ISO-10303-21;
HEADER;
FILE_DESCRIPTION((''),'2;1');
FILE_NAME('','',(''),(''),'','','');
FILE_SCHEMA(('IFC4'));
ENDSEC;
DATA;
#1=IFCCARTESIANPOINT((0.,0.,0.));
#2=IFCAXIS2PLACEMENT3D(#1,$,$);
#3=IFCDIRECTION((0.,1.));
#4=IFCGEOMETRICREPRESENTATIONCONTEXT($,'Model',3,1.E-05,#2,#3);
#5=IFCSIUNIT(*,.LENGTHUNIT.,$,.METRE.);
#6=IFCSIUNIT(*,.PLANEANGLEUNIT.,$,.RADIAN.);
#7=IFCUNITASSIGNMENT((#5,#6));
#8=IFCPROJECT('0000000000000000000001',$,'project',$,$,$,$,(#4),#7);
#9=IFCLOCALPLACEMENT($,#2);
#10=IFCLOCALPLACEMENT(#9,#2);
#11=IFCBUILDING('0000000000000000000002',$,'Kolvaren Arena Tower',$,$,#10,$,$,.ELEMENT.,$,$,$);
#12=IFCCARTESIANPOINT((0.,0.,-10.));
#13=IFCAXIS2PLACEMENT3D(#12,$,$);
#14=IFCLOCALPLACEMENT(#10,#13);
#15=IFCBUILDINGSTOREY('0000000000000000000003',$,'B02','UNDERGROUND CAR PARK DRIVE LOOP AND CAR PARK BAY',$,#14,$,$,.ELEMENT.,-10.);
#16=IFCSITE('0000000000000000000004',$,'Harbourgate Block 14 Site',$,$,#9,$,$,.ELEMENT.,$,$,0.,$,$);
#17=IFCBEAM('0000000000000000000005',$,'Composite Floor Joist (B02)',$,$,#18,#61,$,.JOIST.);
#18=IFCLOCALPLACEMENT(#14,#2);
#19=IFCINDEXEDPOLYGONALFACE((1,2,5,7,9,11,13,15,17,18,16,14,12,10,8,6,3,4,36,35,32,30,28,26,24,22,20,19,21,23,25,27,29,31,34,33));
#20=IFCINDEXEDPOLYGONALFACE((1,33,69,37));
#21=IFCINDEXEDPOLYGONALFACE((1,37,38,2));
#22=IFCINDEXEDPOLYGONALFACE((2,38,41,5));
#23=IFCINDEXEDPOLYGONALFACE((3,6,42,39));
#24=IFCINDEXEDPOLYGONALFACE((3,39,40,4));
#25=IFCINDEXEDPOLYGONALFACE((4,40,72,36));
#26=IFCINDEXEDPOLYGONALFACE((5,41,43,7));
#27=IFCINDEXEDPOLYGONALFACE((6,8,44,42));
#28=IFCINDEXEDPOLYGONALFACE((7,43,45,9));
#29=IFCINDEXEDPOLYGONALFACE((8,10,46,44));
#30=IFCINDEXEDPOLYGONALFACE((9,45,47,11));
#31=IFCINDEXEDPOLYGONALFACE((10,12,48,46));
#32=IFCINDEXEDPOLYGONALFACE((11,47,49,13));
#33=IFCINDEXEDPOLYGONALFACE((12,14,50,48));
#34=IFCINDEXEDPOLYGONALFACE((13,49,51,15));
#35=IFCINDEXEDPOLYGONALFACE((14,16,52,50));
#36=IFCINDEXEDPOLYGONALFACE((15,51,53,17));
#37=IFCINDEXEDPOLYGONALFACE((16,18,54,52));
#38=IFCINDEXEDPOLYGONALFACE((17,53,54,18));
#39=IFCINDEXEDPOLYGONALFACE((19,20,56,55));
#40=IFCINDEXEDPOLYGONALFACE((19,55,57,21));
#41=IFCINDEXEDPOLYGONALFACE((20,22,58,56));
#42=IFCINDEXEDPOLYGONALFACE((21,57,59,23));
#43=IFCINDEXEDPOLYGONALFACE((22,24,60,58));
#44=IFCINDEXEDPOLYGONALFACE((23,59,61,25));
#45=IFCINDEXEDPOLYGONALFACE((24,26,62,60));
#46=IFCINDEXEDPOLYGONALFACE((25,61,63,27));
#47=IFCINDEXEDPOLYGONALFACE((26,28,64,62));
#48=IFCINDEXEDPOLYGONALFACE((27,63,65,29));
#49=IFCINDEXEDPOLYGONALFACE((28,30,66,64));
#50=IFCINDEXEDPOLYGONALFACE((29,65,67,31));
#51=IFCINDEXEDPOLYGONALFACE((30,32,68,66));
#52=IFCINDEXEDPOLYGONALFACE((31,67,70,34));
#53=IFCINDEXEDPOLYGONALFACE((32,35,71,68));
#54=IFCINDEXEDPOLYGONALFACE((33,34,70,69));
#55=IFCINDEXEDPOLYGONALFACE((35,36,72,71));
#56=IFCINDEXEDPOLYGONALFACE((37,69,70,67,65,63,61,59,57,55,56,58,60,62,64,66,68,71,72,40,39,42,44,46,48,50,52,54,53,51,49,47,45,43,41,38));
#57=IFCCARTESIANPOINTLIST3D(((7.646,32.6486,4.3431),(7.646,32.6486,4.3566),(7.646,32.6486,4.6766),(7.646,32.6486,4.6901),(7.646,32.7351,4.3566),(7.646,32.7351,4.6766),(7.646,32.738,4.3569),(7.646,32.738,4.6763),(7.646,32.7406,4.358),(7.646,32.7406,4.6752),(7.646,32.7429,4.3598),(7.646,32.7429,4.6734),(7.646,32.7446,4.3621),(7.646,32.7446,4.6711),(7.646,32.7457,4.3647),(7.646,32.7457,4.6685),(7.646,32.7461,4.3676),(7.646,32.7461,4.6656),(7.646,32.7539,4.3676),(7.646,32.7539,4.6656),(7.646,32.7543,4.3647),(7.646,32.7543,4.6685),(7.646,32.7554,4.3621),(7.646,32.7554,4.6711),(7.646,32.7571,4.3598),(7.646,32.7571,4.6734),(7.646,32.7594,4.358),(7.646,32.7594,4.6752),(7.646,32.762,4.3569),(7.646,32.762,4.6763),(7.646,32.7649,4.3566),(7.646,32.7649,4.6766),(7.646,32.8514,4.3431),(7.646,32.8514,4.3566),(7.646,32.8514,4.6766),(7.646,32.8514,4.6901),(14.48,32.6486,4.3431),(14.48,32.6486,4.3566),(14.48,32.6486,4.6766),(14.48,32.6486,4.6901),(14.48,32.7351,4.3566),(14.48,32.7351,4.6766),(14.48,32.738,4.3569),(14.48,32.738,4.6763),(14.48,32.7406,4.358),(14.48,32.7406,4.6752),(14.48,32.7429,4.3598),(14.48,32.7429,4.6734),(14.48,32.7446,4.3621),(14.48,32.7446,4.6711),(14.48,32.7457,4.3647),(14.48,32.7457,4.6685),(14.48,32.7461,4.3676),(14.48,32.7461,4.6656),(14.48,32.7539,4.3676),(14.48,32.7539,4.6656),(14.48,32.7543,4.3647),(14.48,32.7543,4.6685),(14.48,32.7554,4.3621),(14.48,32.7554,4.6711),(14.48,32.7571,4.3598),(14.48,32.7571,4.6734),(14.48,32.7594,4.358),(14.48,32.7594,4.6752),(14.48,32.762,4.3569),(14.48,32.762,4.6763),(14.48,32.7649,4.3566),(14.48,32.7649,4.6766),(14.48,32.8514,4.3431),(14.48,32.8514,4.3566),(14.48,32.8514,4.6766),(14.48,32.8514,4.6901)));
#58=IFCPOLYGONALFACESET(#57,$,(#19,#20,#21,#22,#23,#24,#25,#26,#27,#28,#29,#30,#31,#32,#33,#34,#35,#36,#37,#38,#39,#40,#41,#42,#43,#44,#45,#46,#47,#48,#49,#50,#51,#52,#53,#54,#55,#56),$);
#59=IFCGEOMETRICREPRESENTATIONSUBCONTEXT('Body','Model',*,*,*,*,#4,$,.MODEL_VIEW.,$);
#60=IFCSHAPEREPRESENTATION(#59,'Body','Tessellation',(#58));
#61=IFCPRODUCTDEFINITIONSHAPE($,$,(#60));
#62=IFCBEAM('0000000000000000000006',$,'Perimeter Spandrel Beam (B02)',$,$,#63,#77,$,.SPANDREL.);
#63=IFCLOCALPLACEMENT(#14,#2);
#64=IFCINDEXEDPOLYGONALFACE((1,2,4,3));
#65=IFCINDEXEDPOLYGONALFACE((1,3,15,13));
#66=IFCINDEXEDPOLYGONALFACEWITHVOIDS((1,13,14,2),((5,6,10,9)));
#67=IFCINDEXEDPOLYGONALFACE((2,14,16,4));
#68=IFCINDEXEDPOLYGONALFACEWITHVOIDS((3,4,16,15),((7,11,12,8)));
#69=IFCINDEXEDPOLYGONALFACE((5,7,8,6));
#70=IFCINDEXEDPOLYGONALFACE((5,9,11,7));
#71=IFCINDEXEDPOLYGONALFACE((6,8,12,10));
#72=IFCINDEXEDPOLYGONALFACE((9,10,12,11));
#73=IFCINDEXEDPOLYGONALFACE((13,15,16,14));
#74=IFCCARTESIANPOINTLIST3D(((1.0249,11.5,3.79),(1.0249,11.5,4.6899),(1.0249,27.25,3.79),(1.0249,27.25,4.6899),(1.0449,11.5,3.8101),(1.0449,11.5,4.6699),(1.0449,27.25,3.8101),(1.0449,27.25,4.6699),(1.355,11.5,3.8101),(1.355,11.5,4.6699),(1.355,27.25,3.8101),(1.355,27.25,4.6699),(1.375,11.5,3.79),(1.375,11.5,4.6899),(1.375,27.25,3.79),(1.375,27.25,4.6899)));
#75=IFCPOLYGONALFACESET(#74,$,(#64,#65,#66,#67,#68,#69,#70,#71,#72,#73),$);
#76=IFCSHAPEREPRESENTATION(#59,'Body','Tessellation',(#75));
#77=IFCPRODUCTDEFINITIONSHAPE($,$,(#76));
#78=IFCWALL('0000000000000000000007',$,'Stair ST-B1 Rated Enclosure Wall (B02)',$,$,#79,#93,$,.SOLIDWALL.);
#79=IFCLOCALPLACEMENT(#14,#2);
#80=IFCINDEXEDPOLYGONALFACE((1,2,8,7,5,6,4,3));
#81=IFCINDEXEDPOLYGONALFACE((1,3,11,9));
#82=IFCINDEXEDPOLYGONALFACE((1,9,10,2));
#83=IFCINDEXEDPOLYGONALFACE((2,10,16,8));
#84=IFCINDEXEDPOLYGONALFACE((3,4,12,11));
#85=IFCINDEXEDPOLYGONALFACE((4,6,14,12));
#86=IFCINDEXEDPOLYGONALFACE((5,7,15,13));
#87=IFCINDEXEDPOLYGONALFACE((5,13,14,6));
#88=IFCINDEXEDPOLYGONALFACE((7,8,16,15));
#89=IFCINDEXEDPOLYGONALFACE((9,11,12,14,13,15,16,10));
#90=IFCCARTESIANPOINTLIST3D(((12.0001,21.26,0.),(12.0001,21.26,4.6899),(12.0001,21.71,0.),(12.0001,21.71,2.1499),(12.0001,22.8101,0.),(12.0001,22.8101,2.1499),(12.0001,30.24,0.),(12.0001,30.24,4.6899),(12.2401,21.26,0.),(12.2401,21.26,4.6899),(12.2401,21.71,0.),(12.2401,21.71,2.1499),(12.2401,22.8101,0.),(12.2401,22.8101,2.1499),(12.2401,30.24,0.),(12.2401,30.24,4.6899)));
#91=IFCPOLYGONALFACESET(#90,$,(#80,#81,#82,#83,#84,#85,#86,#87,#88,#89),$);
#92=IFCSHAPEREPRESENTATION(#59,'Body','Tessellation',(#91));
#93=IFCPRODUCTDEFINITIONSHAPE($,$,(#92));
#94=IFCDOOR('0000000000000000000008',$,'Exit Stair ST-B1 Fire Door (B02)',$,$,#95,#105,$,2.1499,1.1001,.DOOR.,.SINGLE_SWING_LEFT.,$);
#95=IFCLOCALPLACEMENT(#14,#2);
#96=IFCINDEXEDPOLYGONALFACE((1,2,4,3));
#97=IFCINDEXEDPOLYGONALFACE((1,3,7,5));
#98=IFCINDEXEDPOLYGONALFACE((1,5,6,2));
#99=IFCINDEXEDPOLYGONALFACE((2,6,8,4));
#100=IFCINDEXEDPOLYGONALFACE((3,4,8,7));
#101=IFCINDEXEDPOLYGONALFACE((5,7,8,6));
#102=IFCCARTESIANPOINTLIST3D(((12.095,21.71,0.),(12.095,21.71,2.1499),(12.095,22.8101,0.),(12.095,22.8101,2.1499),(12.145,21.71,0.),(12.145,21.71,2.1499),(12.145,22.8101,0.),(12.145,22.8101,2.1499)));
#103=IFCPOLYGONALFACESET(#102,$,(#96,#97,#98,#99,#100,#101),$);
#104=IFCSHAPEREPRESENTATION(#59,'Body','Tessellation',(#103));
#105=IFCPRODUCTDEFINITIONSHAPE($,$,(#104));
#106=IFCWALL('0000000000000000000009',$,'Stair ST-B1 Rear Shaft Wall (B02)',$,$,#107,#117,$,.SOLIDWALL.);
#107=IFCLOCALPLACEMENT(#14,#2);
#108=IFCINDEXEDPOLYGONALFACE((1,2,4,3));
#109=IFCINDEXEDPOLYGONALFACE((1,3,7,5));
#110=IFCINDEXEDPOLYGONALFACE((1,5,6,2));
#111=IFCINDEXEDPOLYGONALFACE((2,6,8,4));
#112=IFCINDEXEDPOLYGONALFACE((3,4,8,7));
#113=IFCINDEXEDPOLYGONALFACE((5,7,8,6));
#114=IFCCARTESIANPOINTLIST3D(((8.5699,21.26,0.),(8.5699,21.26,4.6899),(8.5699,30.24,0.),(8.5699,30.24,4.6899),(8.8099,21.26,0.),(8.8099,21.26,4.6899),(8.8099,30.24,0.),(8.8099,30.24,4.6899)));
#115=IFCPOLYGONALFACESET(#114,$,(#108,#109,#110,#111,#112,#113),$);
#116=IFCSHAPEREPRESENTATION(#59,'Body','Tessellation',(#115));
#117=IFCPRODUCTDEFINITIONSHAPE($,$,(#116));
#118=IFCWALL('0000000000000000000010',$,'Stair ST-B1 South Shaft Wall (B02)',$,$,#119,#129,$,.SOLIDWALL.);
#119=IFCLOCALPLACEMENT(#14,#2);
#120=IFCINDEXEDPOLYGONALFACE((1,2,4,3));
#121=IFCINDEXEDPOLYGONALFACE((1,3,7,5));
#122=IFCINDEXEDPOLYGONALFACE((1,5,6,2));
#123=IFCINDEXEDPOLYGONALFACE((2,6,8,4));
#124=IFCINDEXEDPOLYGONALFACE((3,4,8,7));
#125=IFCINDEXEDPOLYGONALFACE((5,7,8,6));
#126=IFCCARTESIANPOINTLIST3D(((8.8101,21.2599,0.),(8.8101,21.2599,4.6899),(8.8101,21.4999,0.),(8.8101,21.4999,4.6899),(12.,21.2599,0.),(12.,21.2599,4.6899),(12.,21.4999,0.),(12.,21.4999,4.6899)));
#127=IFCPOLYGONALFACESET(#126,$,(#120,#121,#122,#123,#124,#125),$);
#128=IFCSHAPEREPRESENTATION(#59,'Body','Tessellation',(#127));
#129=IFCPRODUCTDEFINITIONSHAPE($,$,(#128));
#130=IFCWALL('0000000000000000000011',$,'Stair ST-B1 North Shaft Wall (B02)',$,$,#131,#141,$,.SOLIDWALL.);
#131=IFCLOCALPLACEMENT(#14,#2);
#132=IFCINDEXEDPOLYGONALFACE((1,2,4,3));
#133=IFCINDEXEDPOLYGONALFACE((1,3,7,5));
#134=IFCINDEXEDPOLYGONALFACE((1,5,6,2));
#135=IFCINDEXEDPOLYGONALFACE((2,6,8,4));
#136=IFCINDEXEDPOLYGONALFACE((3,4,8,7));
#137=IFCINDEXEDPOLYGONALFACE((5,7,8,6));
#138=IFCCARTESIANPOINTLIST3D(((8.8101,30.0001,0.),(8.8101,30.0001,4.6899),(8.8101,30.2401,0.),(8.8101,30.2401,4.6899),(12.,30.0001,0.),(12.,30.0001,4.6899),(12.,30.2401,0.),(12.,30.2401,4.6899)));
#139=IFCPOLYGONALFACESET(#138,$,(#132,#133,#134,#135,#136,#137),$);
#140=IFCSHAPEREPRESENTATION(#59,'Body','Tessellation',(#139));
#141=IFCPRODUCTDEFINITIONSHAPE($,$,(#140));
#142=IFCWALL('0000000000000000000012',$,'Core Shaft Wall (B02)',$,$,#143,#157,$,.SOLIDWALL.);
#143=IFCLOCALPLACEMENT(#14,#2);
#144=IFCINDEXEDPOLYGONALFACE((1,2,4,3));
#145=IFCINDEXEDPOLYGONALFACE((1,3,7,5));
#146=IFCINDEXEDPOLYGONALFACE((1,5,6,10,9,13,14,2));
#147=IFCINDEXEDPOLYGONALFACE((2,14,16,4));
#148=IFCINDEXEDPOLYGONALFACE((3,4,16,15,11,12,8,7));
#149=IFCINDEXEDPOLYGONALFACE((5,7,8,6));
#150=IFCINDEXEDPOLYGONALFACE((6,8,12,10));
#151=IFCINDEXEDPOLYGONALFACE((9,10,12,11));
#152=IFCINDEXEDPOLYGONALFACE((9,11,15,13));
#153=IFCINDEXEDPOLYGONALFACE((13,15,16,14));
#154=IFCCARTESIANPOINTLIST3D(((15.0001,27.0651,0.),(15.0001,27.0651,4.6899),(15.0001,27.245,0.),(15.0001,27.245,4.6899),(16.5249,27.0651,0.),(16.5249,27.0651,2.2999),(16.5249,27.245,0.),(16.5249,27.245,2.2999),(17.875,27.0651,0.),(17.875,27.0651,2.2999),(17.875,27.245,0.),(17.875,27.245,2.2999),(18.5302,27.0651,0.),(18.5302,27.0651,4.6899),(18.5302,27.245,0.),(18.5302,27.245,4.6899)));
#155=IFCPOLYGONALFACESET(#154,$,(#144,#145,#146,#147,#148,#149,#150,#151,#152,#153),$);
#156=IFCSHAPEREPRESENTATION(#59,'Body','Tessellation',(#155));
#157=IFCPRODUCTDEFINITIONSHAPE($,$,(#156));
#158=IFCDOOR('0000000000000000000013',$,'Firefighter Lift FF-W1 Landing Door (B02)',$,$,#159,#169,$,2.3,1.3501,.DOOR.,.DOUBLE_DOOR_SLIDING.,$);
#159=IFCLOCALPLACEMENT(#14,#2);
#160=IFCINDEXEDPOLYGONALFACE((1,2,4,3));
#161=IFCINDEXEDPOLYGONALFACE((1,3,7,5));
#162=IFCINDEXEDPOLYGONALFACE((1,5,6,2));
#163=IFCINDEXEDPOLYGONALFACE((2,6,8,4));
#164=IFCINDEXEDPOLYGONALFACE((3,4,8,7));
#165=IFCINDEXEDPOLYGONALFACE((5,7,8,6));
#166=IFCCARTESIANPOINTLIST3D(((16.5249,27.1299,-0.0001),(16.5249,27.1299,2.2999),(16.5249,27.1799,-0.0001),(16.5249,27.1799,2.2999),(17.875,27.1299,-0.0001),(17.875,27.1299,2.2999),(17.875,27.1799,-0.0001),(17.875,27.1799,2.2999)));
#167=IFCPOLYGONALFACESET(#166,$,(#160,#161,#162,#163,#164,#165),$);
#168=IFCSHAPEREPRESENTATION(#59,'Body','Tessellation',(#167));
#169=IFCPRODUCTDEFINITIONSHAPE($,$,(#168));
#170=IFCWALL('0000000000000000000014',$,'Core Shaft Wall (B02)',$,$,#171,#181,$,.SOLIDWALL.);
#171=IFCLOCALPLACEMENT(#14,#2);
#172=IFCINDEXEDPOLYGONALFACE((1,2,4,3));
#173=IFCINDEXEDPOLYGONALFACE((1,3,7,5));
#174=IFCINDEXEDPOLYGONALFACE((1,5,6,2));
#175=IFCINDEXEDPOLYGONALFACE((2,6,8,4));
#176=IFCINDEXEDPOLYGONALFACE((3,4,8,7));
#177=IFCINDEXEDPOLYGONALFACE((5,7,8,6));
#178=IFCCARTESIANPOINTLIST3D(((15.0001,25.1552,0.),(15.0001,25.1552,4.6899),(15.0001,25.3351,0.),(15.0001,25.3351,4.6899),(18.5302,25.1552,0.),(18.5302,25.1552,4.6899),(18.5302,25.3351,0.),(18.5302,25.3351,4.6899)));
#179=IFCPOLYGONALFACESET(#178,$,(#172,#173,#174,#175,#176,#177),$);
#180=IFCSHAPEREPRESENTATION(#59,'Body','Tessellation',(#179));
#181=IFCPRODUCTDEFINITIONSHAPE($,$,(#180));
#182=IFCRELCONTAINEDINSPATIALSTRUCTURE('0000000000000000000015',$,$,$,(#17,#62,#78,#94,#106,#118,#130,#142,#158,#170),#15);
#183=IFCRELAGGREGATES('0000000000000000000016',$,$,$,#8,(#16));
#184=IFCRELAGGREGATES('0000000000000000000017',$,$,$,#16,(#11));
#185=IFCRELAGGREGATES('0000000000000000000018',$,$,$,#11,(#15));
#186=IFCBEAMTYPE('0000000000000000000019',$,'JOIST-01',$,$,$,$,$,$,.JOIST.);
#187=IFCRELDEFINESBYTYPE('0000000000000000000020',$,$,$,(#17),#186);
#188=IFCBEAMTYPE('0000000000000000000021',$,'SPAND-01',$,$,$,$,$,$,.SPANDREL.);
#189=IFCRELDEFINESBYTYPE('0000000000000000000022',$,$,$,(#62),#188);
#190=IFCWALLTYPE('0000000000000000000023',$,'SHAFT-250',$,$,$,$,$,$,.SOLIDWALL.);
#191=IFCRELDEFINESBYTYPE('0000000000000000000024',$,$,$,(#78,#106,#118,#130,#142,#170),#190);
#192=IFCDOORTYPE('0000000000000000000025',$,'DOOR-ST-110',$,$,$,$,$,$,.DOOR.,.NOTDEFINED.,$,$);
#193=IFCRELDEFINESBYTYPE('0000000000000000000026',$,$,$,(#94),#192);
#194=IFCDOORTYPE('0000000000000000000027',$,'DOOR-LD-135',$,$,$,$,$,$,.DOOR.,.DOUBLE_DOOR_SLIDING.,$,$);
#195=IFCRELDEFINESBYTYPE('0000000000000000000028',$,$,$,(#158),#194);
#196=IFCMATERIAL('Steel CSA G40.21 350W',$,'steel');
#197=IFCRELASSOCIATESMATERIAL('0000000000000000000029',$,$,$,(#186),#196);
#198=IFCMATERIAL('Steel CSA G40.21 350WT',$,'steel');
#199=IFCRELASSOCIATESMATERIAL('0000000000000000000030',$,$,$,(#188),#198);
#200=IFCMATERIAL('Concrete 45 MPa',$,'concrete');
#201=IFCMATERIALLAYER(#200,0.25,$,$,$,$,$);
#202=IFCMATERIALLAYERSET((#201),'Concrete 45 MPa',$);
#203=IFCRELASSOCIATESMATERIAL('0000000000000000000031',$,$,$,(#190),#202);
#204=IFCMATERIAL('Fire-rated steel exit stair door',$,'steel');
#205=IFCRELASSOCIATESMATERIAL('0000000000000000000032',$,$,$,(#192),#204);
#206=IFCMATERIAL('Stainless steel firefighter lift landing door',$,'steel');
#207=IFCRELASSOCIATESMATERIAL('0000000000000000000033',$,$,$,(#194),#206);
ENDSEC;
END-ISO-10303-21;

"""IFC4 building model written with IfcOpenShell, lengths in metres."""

from ifc_helpers import new_model, si_unit, direction, frame, frame_2d, origin, origin_2d, place, context, subcontext, project, spatial, rectangle, hollow_rectangle, i_section, extrude, material, layer, layer_set, material_profile, profile_set, type_object, element, fill, save


model = new_model("IFC4")

# Units and contexts
model_context = context("Model", 3, precision=1e-05, world=origin(), true_north=direction((0.0, 1.0)))
body_context = subcontext(model_context, "Body", "Model", "MODEL_VIEW")
ifc_project = project(units=[si_unit("LENGTHUNIT", "METRE"), si_unit("PLANEANGLEUNIT", "RADIAN")], contexts=[model_context])

# Site, building, storey
site_placement = place(None, origin())
site = spatial("IfcSite", under=ifc_project, at=site_placement, Name="Harbourgate Block 14 Site", CompositionType="ELEMENT", RefElevation=0.0)
building_placement = place(site_placement, origin())
building = spatial("IfcBuilding", under=site, at=building_placement, Name="Kolvaren Arena Tower", CompositionType="ELEMENT")
storey_placement = place(building_placement, frame((0.0, 0.0, -10.0)))
storey = spatial("IfcBuildingStorey", under=building, at=storey_placement, Name="B02", Description="UNDERGROUND CAR PARK DRIVE LOOP AND CAR PARK BAY", CompositionType="ELEMENT", Elevation=-10.0)

# Beams
ifc_material_1 = material(Name="Steel CSA G40.21 350W", Category="steel")
ifc_material_profile_1 = material_profile(ifc_material_1, i_section(OverallWidth=0.2029, OverallDepth=0.3469, WebThickness=0.0078, FlangeThickness=0.0134, FilletRadius=0.011, at=origin_2d()), Name="W360x64")
ifc_profile_set_1 = profile_set([ifc_material_profile_1], Name="Steel CSA G40.21 350W")
beam_type_1 = type_object("IfcBeamType", Name="JOIST-01", PredefinedType="JOIST", material=ifc_profile_set_1)
beam_1_placement = place(storey_placement, frame((7.646, 32.75, 4.5166), z_axis=(1.0, 0.0, 0.0), x_axis=(0.0, 1.0, 0.0)))
element("IfcBeam", 1, at=beam_1_placement, inside=storey, type_object=beam_type_1, Name="Composite Floor Joist (B02)", PredefinedType="JOIST", context=body_context, shape_type="SweptSolid", body=[
    extrude(i_section(OverallWidth=0.2029, OverallDepth=0.3469, WebThickness=0.0078, FlangeThickness=0.0134, FilletRadius=0.011, at=origin_2d()), origin(), (0.0, 0.0, 1.0), 6.834),
])
ifc_material_2 = material(Name="Steel CSA G40.21 350WT", Category="steel")
ifc_material_profile_2 = material_profile(ifc_material_2, hollow_rectangle(XDim=0.3501, YDim=0.8999, WallThickness=0.02, at=origin_2d()), Name="HSS 900x350x20")
ifc_profile_set_2 = profile_set([ifc_material_profile_2], Name="Steel CSA G40.21 350WT")
beam_type_2 = type_object("IfcBeamType", Name="SPAND-01", PredefinedType="SPANDREL", material=ifc_profile_set_2)
beam_2_placement = place(storey_placement, frame((1.2, 27.25, 4.24), z_axis=(0.0, -1.0, 0.0), x_axis=(1.0, 0.0, 0.0)))
element("IfcBeam", 2, at=beam_2_placement, inside=storey, type_object=beam_type_2, Name="Perimeter Spandrel Beam (B02)", PredefinedType="SPANDREL", context=body_context, shape_type="SweptSolid", body=[
    extrude(hollow_rectangle(XDim=0.3501, YDim=0.8999, WallThickness=0.02, at=origin_2d()), origin(), (0.0, 0.0, 1.0), 15.75),
])

# Wall, opening, door
ifc_material_3 = material(Name="Concrete 45 MPa", Category="concrete")
ifc_layer = layer(ifc_material_3, 0.25)
ifc_layer_set = layer_set([ifc_layer], Name="Concrete 45 MPa")
wall_type = type_object("IfcWallType", Name="SHAFT-250", PredefinedType="SOLIDWALL", material=ifc_layer_set)
wall_1_placement = place(storey_placement, frame((12.1201, 30.24, 0.0), z_axis=(0.0, 0.0, 1.0), x_axis=(0.0, -1.0, 0.0)))
wall_1 = element("IfcWall", 3, at=wall_1_placement, inside=storey, type_object=wall_type, Name="Stair ST-B1 Rated Enclosure Wall (B02)", PredefinedType="SOLIDWALL", context=body_context, shape_type="SweptSolid", body=[
    extrude(rectangle(XDim=8.98, YDim=0.24, at=frame_2d((4.49, 0.0))), origin(), (0.0, 0.0, 1.0), 4.6899),
])
opening_1_placement = place(wall_1_placement, frame((7.4299, 0.0, 0.0)))
opening_1 = element("IfcOpeningElement", 4, at=opening_1_placement, cuts=wall_1, PredefinedType="OPENING", context=body_context, shape_type="SweptSolid", body=[
    extrude(rectangle(XDim=1.1001, YDim=2.1499, at=frame_2d((0.55, 1.075))), frame((0.0, 0.1299, 0.0), z_axis=(0.0, -1.0, 0.0), x_axis=(1.0, 0.0, 0.0)), (0.0, 0.0, 1.0), 0.26),
])
ifc_material_4 = material(Name="Fire-rated steel exit stair door", Category="steel")
door_type_1 = type_object("IfcDoorType", Name="DOOR-ST-110", OperationType="NOTDEFINED", PredefinedType="DOOR", material=ifc_material_4)
door_1_placement = place(opening_1_placement, origin())
door_1 = element("IfcDoor", 5, at=door_1_placement, inside=storey, type_object=door_type_1, Name="Exit Stair ST-B1 Fire Door (B02)", OperationType="SINGLE_SWING_LEFT", OverallHeight=2.1499, OverallWidth=1.1001, PredefinedType="DOOR", context=body_context, shape_type="SweptSolid", body=[
    extrude(rectangle(XDim=1.1001, YDim=2.1499, at=frame_2d((0.55, 1.075))), frame((0.0, 0.0249, 0.0), z_axis=(0.0, -1.0, 0.0), x_axis=(1.0, 0.0, 0.0)), (0.0, 0.0, 1.0), 0.05),
])
fill(opening_1, door_1)

# Walls
wall_2_placement = place(storey_placement, frame((8.6899, 21.26, 0.0), z_axis=(0.0, 0.0, 1.0), x_axis=(0.0, 1.0, 0.0)))
element("IfcWall", 6, at=wall_2_placement, inside=storey, type_object=wall_type, Name="Stair ST-B1 Rear Shaft Wall (B02)", PredefinedType="SOLIDWALL", context=body_context, shape_type="SweptSolid", body=[
    extrude(rectangle(XDim=8.98, YDim=0.24, at=frame_2d((4.49, 0.0))), origin(), (0.0, 0.0, 1.0), 4.6899),
])
for number, where, z_axis, x_axis, name in (
    (7, (8.8101, 21.3799, 0.0), (0.0, 0.0, 1.0), (1.0, 0.0, 0.0), "Stair ST-B1 South Shaft Wall (B02)"),
    (8, (8.8101, 30.1201, 0.0), (0.0, 0.0, 1.0), (1.0, 0.0, 0.0), "Stair ST-B1 North Shaft Wall (B02)"),
):
    element("IfcWall", number, at=place(storey_placement, frame(where, z_axis=z_axis, x_axis=x_axis)), inside=storey, type_object=wall_type, Name=name, PredefinedType="SOLIDWALL", context=body_context, shape_type="SweptSolid", body=[
        extrude(rectangle(XDim=3.1899, YDim=0.24, at=frame_2d((1.595, 0.0))), origin(), (0.0, 0.0, 1.0), 4.6899),
    ])

# Wall, opening, door
wall_3_placement = place(storey_placement, frame((15.0, 27.155, 0.0), z_axis=(0.0, 0.0, 1.0), x_axis=(1.0, 0.0, 0.0)))
wall_3 = element("IfcWall", 9, at=wall_3_placement, inside=storey, type_object=wall_type, Name="Core Shaft Wall (B02)", PredefinedType="SOLIDWALL", context=body_context, shape_type="SweptSolid", body=[
    extrude(rectangle(XDim=3.53, YDim=0.1799, at=frame_2d((1.7651, 0.0))), origin(), (0.0, 0.0, 1.0), 4.6899),
])
opening_2_placement = place(wall_3_placement, frame((1.5249, 0.0, 0.0)))
opening_2 = element("IfcOpeningElement", 10, at=opening_2_placement, cuts=wall_3, PredefinedType="OPENING", context=body_context, shape_type="SweptSolid", body=[
    extrude(rectangle(XDim=1.3501, YDim=2.3, at=frame_2d((0.675, 1.1499))), frame((0.0, 0.0999, 0.0), z_axis=(0.0, -1.0, 0.0), x_axis=(1.0, 0.0, 0.0)), (0.0, 0.0, 1.0), 0.2),
])
ifc_material_5 = material(Name="Stainless steel firefighter lift landing door", Category="steel")
door_type_2 = type_object("IfcDoorType", Name="DOOR-LD-135", OperationType="DOUBLE_DOOR_SLIDING", PredefinedType="DOOR", material=ifc_material_5)
door_2_placement = place(opening_2_placement, origin())
door_2 = element("IfcDoor", 11, at=door_2_placement, inside=storey, type_object=door_type_2, Name="Firefighter Lift FF-W1 Landing Door (B02)", OperationType="DOUBLE_DOOR_SLIDING", OverallHeight=2.3, OverallWidth=1.3501, PredefinedType="DOOR", context=body_context, shape_type="SweptSolid", body=[
    extrude(rectangle(XDim=1.3501, YDim=2.3, at=frame_2d((0.675, 1.1499))), frame((0.0, 0.0249, 0.0), z_axis=(0.0, -1.0, 0.0), x_axis=(1.0, 0.0, 0.0)), (0.0, 0.0, 1.0), 0.05),
])
fill(opening_2, door_2)

# Wall
wall_4_placement = place(storey_placement, frame((15.0, 25.2451, 0.0), z_axis=(0.0, 0.0, 1.0), x_axis=(1.0, 0.0, 0.0)))
element("IfcWall", 12, at=wall_4_placement, inside=storey, type_object=wall_type, Name="Core Shaft Wall (B02)", PredefinedType="SOLIDWALL", context=body_context, shape_type="SweptSolid", body=[
    extrude(rectangle(XDim=3.53, YDim=0.1799, at=frame_2d((1.7651, 0.0))), origin(), (0.0, 0.0, 1.0), 4.6899),
])

save(model, "model.ifc")
